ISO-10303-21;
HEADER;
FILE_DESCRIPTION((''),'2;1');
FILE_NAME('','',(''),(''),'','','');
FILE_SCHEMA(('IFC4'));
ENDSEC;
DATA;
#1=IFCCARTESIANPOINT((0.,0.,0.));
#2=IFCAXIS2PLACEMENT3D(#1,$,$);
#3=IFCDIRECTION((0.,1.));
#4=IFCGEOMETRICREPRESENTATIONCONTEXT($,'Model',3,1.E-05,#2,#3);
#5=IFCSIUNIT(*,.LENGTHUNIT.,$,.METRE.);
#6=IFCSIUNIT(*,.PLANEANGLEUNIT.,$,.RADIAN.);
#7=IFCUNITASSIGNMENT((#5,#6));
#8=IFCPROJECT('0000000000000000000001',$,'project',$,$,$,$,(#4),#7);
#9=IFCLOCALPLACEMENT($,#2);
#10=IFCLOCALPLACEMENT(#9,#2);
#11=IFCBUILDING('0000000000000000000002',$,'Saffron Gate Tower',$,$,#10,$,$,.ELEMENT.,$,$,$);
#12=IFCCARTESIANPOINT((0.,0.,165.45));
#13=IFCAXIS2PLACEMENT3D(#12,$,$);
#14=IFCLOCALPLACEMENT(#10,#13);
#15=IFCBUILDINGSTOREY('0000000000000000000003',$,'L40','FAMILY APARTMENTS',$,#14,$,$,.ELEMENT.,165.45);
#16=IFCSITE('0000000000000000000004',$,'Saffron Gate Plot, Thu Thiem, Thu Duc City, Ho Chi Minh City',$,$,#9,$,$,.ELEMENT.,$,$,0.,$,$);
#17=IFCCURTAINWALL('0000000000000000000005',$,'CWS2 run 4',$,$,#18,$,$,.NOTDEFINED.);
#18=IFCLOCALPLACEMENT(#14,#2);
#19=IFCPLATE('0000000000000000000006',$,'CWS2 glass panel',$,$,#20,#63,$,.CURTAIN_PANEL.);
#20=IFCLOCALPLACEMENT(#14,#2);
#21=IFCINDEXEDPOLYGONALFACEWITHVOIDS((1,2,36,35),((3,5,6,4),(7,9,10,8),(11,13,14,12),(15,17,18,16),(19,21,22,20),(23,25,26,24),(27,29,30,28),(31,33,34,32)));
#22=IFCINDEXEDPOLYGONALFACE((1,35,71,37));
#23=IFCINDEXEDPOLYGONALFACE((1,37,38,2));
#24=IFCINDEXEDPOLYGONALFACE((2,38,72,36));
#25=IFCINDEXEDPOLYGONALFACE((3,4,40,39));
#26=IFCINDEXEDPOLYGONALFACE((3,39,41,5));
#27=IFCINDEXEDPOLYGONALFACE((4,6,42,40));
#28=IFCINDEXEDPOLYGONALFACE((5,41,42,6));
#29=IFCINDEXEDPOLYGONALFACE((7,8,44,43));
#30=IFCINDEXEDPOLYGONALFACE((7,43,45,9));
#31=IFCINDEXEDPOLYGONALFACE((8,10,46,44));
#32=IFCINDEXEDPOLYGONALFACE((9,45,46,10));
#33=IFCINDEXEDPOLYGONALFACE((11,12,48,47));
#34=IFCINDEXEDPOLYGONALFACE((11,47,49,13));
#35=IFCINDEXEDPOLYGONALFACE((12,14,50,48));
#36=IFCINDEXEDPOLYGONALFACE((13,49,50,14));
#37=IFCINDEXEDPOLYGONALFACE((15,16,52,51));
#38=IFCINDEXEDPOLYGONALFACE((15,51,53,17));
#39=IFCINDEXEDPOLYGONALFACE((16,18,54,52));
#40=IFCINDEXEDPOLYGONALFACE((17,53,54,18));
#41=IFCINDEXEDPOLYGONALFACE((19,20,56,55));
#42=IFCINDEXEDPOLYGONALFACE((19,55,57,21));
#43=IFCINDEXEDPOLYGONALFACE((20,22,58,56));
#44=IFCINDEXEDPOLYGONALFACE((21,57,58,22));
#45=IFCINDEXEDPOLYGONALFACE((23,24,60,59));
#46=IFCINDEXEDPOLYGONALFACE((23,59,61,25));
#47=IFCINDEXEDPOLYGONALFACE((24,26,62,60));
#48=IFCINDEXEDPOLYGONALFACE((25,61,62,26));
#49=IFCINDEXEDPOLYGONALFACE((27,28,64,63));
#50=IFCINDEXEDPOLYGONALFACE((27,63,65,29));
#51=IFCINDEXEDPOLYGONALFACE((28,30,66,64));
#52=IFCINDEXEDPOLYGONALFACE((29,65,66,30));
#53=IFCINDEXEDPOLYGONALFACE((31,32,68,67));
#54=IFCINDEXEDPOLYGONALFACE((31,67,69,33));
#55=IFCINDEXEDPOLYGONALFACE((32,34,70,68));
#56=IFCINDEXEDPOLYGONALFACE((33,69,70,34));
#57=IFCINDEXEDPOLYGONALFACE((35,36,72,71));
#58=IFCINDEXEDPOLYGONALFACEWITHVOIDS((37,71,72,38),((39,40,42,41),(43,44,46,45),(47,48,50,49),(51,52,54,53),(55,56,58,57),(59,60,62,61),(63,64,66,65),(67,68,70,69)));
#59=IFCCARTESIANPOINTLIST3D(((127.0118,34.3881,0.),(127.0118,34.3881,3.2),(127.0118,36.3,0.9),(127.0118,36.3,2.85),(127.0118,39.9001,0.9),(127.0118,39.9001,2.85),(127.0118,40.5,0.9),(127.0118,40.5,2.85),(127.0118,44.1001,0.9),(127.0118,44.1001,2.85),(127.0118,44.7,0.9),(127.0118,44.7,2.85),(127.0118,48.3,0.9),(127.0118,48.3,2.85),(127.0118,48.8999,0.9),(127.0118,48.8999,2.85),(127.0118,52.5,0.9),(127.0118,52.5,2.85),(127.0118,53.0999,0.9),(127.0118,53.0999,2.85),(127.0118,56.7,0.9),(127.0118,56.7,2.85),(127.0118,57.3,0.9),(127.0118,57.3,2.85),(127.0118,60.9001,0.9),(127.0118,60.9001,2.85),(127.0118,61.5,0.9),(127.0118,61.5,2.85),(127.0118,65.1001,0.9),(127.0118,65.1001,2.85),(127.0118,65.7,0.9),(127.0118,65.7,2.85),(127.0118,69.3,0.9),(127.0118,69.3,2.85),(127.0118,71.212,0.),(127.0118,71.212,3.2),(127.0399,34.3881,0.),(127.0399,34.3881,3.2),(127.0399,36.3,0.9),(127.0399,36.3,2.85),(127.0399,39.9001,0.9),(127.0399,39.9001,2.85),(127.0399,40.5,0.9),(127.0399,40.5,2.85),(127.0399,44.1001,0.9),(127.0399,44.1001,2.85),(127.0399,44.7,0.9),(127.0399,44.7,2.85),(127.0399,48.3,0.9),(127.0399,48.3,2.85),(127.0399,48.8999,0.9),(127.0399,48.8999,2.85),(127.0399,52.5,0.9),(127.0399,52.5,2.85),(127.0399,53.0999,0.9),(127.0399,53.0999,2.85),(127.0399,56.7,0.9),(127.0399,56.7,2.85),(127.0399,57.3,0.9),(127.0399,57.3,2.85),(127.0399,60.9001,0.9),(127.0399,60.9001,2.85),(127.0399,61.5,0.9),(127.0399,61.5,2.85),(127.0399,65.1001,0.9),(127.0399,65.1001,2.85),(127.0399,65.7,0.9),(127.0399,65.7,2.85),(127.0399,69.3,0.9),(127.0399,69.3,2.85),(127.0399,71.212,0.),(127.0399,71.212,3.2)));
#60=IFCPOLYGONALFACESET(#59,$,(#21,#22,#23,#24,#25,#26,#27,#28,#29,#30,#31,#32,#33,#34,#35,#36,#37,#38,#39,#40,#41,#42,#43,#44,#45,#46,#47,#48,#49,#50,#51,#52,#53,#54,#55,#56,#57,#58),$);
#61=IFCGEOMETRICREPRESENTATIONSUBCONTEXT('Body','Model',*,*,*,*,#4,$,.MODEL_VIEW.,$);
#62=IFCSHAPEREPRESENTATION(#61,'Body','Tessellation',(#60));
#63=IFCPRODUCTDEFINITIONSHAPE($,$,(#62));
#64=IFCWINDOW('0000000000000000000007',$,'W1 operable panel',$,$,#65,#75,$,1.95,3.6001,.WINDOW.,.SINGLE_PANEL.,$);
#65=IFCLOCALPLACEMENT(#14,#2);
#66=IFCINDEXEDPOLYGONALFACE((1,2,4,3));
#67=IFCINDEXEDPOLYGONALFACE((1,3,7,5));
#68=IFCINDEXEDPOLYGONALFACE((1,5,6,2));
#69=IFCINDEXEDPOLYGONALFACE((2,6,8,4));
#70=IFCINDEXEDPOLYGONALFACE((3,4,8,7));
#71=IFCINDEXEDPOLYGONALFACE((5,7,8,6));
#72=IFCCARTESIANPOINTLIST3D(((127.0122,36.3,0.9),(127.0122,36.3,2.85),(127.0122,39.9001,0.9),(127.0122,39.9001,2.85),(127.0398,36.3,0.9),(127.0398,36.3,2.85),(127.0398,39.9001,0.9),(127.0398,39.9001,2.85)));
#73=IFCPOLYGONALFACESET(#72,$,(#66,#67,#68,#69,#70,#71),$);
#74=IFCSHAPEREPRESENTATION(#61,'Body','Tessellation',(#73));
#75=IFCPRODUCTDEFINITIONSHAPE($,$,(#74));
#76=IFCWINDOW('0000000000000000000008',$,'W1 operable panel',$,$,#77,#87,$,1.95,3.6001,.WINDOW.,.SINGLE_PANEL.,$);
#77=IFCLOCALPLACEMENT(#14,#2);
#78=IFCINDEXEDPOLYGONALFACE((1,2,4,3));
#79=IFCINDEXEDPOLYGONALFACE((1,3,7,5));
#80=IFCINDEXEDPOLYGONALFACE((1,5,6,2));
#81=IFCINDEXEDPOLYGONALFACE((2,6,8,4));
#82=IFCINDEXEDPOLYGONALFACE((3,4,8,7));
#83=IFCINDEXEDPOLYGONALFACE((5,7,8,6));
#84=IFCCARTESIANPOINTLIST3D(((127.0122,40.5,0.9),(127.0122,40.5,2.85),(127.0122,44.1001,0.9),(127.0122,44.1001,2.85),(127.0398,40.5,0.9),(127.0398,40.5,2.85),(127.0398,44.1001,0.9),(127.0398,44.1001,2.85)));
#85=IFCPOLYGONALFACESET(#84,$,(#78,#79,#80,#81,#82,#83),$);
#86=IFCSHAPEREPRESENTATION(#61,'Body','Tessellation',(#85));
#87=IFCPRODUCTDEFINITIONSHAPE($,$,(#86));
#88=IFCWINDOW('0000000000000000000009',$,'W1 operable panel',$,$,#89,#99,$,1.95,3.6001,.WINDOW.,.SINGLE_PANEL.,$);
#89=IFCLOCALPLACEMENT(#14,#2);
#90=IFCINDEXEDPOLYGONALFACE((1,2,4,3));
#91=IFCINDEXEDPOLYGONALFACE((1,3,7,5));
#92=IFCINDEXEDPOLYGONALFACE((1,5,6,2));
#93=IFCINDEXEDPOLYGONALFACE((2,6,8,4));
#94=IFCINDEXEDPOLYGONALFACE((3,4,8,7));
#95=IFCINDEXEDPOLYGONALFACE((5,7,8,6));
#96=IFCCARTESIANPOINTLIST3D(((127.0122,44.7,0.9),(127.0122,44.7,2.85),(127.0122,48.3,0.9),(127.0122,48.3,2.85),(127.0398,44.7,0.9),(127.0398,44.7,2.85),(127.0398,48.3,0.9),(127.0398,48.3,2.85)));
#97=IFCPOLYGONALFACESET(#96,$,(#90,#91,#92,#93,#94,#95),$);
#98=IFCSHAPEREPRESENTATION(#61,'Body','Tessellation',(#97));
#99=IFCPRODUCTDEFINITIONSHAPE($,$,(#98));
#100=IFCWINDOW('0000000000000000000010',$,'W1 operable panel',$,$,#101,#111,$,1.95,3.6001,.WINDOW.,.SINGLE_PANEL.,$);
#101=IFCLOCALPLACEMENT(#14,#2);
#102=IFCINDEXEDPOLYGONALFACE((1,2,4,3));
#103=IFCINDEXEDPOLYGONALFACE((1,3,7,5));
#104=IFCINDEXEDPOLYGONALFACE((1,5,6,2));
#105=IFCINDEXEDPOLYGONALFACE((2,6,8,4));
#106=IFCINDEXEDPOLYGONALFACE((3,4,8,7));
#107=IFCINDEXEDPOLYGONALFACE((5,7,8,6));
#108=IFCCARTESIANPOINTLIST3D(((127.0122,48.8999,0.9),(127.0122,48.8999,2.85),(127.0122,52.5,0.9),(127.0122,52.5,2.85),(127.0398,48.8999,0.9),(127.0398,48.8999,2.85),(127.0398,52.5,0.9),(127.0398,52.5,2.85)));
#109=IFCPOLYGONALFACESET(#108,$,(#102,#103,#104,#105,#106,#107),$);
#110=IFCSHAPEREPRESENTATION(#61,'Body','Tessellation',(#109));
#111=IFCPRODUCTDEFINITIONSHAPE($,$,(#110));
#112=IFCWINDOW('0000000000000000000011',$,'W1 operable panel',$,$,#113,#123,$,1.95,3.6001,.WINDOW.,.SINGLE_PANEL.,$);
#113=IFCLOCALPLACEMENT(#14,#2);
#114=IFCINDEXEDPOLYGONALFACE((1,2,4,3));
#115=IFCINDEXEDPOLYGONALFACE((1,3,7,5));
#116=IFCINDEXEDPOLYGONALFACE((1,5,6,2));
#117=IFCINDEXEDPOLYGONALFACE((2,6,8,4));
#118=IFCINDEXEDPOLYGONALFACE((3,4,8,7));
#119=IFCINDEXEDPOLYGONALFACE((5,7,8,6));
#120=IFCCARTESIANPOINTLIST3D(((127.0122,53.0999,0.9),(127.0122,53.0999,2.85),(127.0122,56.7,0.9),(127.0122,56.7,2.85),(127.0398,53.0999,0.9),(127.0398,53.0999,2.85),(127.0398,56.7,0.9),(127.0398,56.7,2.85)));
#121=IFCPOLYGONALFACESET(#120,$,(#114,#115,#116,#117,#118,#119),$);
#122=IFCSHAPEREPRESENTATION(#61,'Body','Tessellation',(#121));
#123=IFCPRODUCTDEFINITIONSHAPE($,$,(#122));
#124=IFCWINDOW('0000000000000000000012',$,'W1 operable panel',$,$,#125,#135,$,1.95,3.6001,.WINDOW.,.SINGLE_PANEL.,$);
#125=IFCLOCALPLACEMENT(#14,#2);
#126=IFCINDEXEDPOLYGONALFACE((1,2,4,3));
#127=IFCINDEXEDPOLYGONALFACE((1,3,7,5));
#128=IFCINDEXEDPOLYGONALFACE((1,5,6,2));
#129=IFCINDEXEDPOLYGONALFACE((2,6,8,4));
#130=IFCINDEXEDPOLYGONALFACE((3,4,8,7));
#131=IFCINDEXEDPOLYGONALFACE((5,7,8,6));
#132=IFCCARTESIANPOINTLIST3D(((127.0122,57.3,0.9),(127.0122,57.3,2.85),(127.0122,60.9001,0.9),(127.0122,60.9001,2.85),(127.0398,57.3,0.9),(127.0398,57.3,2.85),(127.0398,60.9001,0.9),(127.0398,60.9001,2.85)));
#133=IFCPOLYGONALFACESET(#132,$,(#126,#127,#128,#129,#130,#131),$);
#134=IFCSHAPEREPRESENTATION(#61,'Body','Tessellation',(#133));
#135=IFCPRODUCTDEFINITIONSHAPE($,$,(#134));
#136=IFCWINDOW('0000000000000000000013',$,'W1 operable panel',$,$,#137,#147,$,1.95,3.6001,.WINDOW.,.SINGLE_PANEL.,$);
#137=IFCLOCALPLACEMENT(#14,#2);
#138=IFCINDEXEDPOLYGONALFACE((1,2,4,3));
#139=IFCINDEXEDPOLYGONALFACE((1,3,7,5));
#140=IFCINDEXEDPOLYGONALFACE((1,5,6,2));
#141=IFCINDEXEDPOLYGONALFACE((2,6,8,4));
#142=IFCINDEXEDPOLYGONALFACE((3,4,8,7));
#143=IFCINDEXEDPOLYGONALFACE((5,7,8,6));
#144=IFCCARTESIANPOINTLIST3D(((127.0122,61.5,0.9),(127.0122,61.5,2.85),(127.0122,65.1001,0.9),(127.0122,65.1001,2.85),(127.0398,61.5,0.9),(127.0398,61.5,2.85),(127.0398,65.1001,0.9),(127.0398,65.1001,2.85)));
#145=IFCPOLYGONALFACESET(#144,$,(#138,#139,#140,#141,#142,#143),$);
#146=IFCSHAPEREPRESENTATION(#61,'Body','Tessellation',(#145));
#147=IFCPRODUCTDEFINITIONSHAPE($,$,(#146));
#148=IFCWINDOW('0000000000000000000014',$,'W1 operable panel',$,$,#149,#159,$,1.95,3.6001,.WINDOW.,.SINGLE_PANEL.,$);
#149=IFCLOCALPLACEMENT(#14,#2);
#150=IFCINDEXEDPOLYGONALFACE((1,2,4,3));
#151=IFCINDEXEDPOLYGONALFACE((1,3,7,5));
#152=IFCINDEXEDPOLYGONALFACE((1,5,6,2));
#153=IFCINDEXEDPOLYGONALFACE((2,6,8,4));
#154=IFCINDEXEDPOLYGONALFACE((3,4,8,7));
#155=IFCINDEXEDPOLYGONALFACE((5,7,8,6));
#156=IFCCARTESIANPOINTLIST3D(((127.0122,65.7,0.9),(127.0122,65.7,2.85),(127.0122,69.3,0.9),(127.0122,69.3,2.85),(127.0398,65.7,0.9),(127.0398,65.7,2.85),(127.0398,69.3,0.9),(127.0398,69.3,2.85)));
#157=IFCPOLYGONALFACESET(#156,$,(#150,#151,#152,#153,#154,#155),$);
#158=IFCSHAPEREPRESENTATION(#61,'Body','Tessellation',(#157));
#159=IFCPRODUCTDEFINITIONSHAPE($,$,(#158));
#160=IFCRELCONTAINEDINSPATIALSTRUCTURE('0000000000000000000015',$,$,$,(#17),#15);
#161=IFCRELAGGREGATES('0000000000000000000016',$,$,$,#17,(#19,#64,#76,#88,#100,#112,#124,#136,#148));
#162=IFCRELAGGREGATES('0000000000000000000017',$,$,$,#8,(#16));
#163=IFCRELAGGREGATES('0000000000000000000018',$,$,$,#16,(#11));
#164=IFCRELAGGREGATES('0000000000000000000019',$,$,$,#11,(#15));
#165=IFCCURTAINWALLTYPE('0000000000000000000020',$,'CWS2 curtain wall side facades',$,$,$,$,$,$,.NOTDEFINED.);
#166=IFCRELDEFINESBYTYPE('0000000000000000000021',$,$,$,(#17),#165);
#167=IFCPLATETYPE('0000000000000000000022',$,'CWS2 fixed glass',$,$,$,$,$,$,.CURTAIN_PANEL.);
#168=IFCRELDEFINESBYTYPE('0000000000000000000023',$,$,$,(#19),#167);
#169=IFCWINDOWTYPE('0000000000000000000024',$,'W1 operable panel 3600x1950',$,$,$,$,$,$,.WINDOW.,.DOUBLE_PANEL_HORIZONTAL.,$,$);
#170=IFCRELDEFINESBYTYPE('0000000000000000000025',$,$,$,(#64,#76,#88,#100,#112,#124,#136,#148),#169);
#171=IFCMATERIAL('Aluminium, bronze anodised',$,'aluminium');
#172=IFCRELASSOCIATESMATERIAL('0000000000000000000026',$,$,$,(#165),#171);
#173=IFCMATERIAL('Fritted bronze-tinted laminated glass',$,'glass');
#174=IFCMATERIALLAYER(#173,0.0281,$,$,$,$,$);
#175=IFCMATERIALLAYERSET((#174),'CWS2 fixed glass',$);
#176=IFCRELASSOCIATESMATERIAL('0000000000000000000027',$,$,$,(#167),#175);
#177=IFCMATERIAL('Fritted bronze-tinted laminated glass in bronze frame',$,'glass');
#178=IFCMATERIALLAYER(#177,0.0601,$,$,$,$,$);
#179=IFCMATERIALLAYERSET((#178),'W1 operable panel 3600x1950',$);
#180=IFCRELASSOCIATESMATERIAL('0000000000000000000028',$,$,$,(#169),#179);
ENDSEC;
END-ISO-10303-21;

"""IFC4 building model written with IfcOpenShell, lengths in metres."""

from ifc_helpers import new_model, si_unit, direction, frame, frame_2d, origin, place, context, subcontext, project, spatial, rectangle, extrude, material, layer, layer_set, type_object, element, fill, aggregate, save


model = new_model("IFC4")

# Units and contexts
model_context = context("Model", 3, precision=1e-05, world=origin(), true_north=direction((0.0, 1.0)))
body_context = subcontext(model_context, "Body", "Model", "MODEL_VIEW")
ifc_project = project(units=[si_unit("LENGTHUNIT", "METRE"), si_unit("PLANEANGLEUNIT", "RADIAN")], contexts=[model_context])

# Site, building, storey
site_placement = place(None, origin())
site = spatial("IfcSite", under=ifc_project, at=site_placement, Name="Saffron Gate Plot, Thu Thiem, Thu Duc City, Ho Chi Minh City", CompositionType="ELEMENT", RefElevation=0.0)
building_placement = place(site_placement, origin())
building = spatial("IfcBuilding", under=site, at=building_placement, Name="Saffron Gate Tower", CompositionType="ELEMENT")
storey_placement = place(building_placement, frame((0.0, 0.0, 165.45)))
storey = spatial("IfcBuildingStorey", under=building, at=storey_placement, Name="L40", Description="FAMILY APARTMENTS", CompositionType="ELEMENT", Elevation=165.45)

# Curtain wall
ifc_material_1 = material(Name="Aluminium, bronze anodised", Category="aluminium")
curtain_wall_type_1 = type_object("IfcCurtainWallType", Name="CWS2 curtain wall side facades", PredefinedType="NOTDEFINED", material=ifc_material_1)
curtain_wall_1_placement = place(storey_placement, origin())
curtain_wall_1 = element("IfcCurtainWall", 1, at=curtain_wall_1_placement, inside=storey, type_object=curtain_wall_type_1, Name="CWS2 run 4", PredefinedType="NOTDEFINED")

# Plate, openings, windows
ifc_material_2 = material(Name="Fritted bronze-tinted laminated glass", Category="glass")
ifc_layer_1 = layer(ifc_material_2, 0.0281)
ifc_layer_set_1 = layer_set([ifc_layer_1], Name="CWS2 fixed glass")
plate_type = type_object("IfcPlateType", Name="CWS2 fixed glass", PredefinedType="CURTAIN_PANEL", material=ifc_layer_set_1)
plate_placement = place(storey_placement, frame((127.0259, 34.3879, 0.0), z_axis=(0.0, 0.0, 1.0), x_axis=(0.0, 1.0, 0.0)))
plate = element("IfcPlate", 2, at=plate_placement, type_object=plate_type, Name="CWS2 glass panel", PredefinedType="CURTAIN_PANEL", context=body_context, shape_type="SweptSolid", body=[
    extrude(rectangle(XDim=36.824, YDim=0.0281, at=frame_2d((18.4121, 0.0))), origin(), (0.0, 0.0, 1.0), 3.2),
])
opening_1_placement = place(plate_placement, frame((1.9121, 0.0, 0.8999)))
opening_1 = element("IfcOpeningElement", 3, at=opening_1_placement, cuts=plate, PredefinedType="OPENING", context=body_context, shape_type="SweptSolid", body=[
    extrude(rectangle(XDim=3.6001, YDim=1.95, at=frame_2d((1.8, 0.9751))), frame((0.0, 0.0239, 0.0), z_axis=(0.0, -1.0, 0.0), x_axis=(1.0, 0.0, 0.0)), (0.0, 0.0, 1.0), 0.0481),
])
opening_2_placement = place(plate_placement, frame((6.1121, 0.0, 0.8999)))
opening_2 = element("IfcOpeningElement", 4, at=opening_2_placement, cuts=plate, PredefinedType="OPENING", context=body_context, shape_type="SweptSolid", body=[
    extrude(rectangle(XDim=3.6001, YDim=1.95, at=frame_2d((1.8, 0.9751))), frame((0.0, 0.0239, 0.0), z_axis=(0.0, -1.0, 0.0), x_axis=(1.0, 0.0, 0.0)), (0.0, 0.0, 1.0), 0.0481),
])
opening_3_placement = place(plate_placement, frame((10.312, 0.0, 0.8999)))
opening_3 = element("IfcOpeningElement", 5, at=opening_3_placement, cuts=plate, PredefinedType="OPENING", context=body_context, shape_type="SweptSolid", body=[
    extrude(rectangle(XDim=3.6001, YDim=1.95, at=frame_2d((1.8, 0.9751))), frame((0.0, 0.0239, 0.0), z_axis=(0.0, -1.0, 0.0), x_axis=(1.0, 0.0, 0.0)), (0.0, 0.0, 1.0), 0.0481),
])
opening_4_placement = place(plate_placement, frame((14.512, 0.0, 0.8999)))
opening_4 = element("IfcOpeningElement", 6, at=opening_4_placement, cuts=plate, PredefinedType="OPENING", context=body_context, shape_type="SweptSolid", body=[
    extrude(rectangle(XDim=3.6001, YDim=1.95, at=frame_2d((1.8, 0.9751))), frame((0.0, 0.0239, 0.0), z_axis=(0.0, -1.0, 0.0), x_axis=(1.0, 0.0, 0.0)), (0.0, 0.0, 1.0), 0.0481),
])
opening_5_placement = place(plate_placement, frame((18.7119, 0.0, 0.8999)))
opening_5 = element("IfcOpeningElement", 7, at=opening_5_placement, cuts=plate, PredefinedType="OPENING", context=body_context, shape_type="SweptSolid", body=[
    extrude(rectangle(XDim=3.6001, YDim=1.95, at=frame_2d((1.8, 0.9751))), frame((0.0, 0.0239, 0.0), z_axis=(0.0, -1.0, 0.0), x_axis=(1.0, 0.0, 0.0)), (0.0, 0.0, 1.0), 0.0481),
])
opening_6_placement = place(plate_placement, frame((22.9121, 0.0, 0.8999)))
opening_6 = element("IfcOpeningElement", 8, at=opening_6_placement, cuts=plate, PredefinedType="OPENING", context=body_context, shape_type="SweptSolid", body=[
    extrude(rectangle(XDim=3.6001, YDim=1.95, at=frame_2d((1.8, 0.9751))), frame((0.0, 0.0239, 0.0), z_axis=(0.0, -1.0, 0.0), x_axis=(1.0, 0.0, 0.0)), (0.0, 0.0, 1.0), 0.0481),
])
opening_7_placement = place(plate_placement, frame((27.1121, 0.0, 0.8999)))
opening_7 = element("IfcOpeningElement", 9, at=opening_7_placement, cuts=plate, PredefinedType="OPENING", context=body_context, shape_type="SweptSolid", body=[
    extrude(rectangle(XDim=3.6001, YDim=1.95, at=frame_2d((1.8, 0.9751))), frame((0.0, 0.0239, 0.0), z_axis=(0.0, -1.0, 0.0), x_axis=(1.0, 0.0, 0.0)), (0.0, 0.0, 1.0), 0.0481),
])
opening_8_placement = place(plate_placement, frame((31.312, 0.0, 0.8999)))
opening_8 = element("IfcOpeningElement", 10, at=opening_8_placement, cuts=plate, PredefinedType="OPENING", context=body_context, shape_type="SweptSolid", body=[
    extrude(rectangle(XDim=3.6001, YDim=1.95, at=frame_2d((1.8, 0.9751))), frame((0.0, 0.0239, 0.0), z_axis=(0.0, -1.0, 0.0), x_axis=(1.0, 0.0, 0.0)), (0.0, 0.0, 1.0), 0.0481),
])
ifc_material_3 = material(Name="Fritted bronze-tinted laminated glass in bronze frame", Category="glass")
ifc_layer_2 = layer(ifc_material_3, 0.0601)
ifc_layer_set_2 = layer_set([ifc_layer_2], Name="W1 operable panel 3600x1950")
window_type = type_object("IfcWindowType", Name="W1 operable panel 3600x1950", PartitioningType="DOUBLE_PANEL_HORIZONTAL", PredefinedType="WINDOW", material=ifc_layer_set_2)
window_1_placement = place(opening_1_placement, origin())
window_1 = element("IfcWindow", 11, at=window_1_placement, type_object=window_type, Name="W1 operable panel", OverallHeight=1.95, OverallWidth=3.6001, PartitioningType="SINGLE_PANEL", PredefinedType="WINDOW", context=body_context, shape_type="SweptSolid", body=[
    extrude(rectangle(XDim=3.6001, YDim=1.95, at=frame_2d((1.8, 0.9751))), frame((0.0, 0.0137, 0.0), z_axis=(0.0, -1.0, 0.0), x_axis=(1.0, 0.0, 0.0)), (0.0, 0.0, 1.0), 0.0276),
])
fill(opening_1, window_1)
window_2_placement = place(opening_2_placement, origin())
window_2 = element("IfcWindow", 12, at=window_2_placement, type_object=window_type, Name="W1 operable panel", OverallHeight=1.95, OverallWidth=3.6001, PartitioningType="SINGLE_PANEL", PredefinedType="WINDOW", context=body_context, shape_type="SweptSolid", body=[
    extrude(rectangle(XDim=3.6001, YDim=1.95, at=frame_2d((1.8, 0.9751))), frame((0.0, 0.0137, 0.0), z_axis=(0.0, -1.0, 0.0), x_axis=(1.0, 0.0, 0.0)), (0.0, 0.0, 1.0), 0.0276),
])
fill(opening_2, window_2)
window_3_placement = place(opening_3_placement, origin())
window_3 = element("IfcWindow", 13, at=window_3_placement, type_object=window_type, Name="W1 operable panel", OverallHeight=1.95, OverallWidth=3.6001, PartitioningType="SINGLE_PANEL", PredefinedType="WINDOW", context=body_context, shape_type="SweptSolid", body=[
    extrude(rectangle(XDim=3.6001, YDim=1.95, at=frame_2d((1.8, 0.9751))), frame((0.0, 0.0137, 0.0), z_axis=(0.0, -1.0, 0.0), x_axis=(1.0, 0.0, 0.0)), (0.0, 0.0, 1.0), 0.0276),
])
fill(opening_3, window_3)
window_4_placement = place(opening_4_placement, origin())
window_4 = element("IfcWindow", 14, at=window_4_placement, type_object=window_type, Name="W1 operable panel", OverallHeight=1.95, OverallWidth=3.6001, PartitioningType="SINGLE_PANEL", PredefinedType="WINDOW", context=body_context, shape_type="SweptSolid", body=[
    extrude(rectangle(XDim=3.6001, YDim=1.95, at=frame_2d((1.8, 0.9751))), frame((0.0, 0.0137, 0.0), z_axis=(0.0, -1.0, 0.0), x_axis=(1.0, 0.0, 0.0)), (0.0, 0.0, 1.0), 0.0276),
])
fill(opening_4, window_4)
window_5_placement = place(opening_5_placement, origin())
window_5 = element("IfcWindow", 15, at=window_5_placement, type_object=window_type, Name="W1 operable panel", OverallHeight=1.95, OverallWidth=3.6001, PartitioningType="SINGLE_PANEL", PredefinedType="WINDOW", context=body_context, shape_type="SweptSolid", body=[
    extrude(rectangle(XDim=3.6001, YDim=1.95, at=frame_2d((1.8, 0.9751))), frame((0.0, 0.0137, 0.0), z_axis=(0.0, -1.0, 0.0), x_axis=(1.0, 0.0, 0.0)), (0.0, 0.0, 1.0), 0.0276),
])
fill(opening_5, window_5)
window_6_placement = place(opening_6_placement, origin())
window_6 = element("IfcWindow", 16, at=window_6_placement, type_object=window_type, Name="W1 operable panel", OverallHeight=1.95, OverallWidth=3.6001, PartitioningType="SINGLE_PANEL", PredefinedType="WINDOW", context=body_context, shape_type="SweptSolid", body=[
    extrude(rectangle(XDim=3.6001, YDim=1.95, at=frame_2d((1.8, 0.9751))), frame((0.0, 0.0137, 0.0), z_axis=(0.0, -1.0, 0.0), x_axis=(1.0, 0.0, 0.0)), (0.0, 0.0, 1.0), 0.0276),
])
fill(opening_6, window_6)
window_7_placement = place(opening_7_placement, origin())
window_7 = element("IfcWindow", 17, at=window_7_placement, type_object=window_type, Name="W1 operable panel", OverallHeight=1.95, OverallWidth=3.6001, PartitioningType="SINGLE_PANEL", PredefinedType="WINDOW", context=body_context, shape_type="SweptSolid", body=[
    extrude(rectangle(XDim=3.6001, YDim=1.95, at=frame_2d((1.8, 0.9751))), frame((0.0, 0.0137, 0.0), z_axis=(0.0, -1.0, 0.0), x_axis=(1.0, 0.0, 0.0)), (0.0, 0.0, 1.0), 0.0276),
])
fill(opening_7, window_7)
window_8_placement = place(opening_8_placement, origin())
window_8 = element("IfcWindow", 18, at=window_8_placement, type_object=window_type, Name="W1 operable panel", OverallHeight=1.95, OverallWidth=3.6001, PartitioningType="SINGLE_PANEL", PredefinedType="WINDOW", context=body_context, shape_type="SweptSolid", body=[
    extrude(rectangle(XDim=3.6001, YDim=1.95, at=frame_2d((1.8, 0.9751))), frame((0.0, 0.0137, 0.0), z_axis=(0.0, -1.0, 0.0), x_axis=(1.0, 0.0, 0.0)), (0.0, 0.0, 1.0), 0.0276),
])
fill(opening_8, window_8)
aggregate(curtain_wall_1, [plate, window_1, window_2, window_3, window_4, window_5, window_6, window_7, window_8])

save(model, "model.ifc")
